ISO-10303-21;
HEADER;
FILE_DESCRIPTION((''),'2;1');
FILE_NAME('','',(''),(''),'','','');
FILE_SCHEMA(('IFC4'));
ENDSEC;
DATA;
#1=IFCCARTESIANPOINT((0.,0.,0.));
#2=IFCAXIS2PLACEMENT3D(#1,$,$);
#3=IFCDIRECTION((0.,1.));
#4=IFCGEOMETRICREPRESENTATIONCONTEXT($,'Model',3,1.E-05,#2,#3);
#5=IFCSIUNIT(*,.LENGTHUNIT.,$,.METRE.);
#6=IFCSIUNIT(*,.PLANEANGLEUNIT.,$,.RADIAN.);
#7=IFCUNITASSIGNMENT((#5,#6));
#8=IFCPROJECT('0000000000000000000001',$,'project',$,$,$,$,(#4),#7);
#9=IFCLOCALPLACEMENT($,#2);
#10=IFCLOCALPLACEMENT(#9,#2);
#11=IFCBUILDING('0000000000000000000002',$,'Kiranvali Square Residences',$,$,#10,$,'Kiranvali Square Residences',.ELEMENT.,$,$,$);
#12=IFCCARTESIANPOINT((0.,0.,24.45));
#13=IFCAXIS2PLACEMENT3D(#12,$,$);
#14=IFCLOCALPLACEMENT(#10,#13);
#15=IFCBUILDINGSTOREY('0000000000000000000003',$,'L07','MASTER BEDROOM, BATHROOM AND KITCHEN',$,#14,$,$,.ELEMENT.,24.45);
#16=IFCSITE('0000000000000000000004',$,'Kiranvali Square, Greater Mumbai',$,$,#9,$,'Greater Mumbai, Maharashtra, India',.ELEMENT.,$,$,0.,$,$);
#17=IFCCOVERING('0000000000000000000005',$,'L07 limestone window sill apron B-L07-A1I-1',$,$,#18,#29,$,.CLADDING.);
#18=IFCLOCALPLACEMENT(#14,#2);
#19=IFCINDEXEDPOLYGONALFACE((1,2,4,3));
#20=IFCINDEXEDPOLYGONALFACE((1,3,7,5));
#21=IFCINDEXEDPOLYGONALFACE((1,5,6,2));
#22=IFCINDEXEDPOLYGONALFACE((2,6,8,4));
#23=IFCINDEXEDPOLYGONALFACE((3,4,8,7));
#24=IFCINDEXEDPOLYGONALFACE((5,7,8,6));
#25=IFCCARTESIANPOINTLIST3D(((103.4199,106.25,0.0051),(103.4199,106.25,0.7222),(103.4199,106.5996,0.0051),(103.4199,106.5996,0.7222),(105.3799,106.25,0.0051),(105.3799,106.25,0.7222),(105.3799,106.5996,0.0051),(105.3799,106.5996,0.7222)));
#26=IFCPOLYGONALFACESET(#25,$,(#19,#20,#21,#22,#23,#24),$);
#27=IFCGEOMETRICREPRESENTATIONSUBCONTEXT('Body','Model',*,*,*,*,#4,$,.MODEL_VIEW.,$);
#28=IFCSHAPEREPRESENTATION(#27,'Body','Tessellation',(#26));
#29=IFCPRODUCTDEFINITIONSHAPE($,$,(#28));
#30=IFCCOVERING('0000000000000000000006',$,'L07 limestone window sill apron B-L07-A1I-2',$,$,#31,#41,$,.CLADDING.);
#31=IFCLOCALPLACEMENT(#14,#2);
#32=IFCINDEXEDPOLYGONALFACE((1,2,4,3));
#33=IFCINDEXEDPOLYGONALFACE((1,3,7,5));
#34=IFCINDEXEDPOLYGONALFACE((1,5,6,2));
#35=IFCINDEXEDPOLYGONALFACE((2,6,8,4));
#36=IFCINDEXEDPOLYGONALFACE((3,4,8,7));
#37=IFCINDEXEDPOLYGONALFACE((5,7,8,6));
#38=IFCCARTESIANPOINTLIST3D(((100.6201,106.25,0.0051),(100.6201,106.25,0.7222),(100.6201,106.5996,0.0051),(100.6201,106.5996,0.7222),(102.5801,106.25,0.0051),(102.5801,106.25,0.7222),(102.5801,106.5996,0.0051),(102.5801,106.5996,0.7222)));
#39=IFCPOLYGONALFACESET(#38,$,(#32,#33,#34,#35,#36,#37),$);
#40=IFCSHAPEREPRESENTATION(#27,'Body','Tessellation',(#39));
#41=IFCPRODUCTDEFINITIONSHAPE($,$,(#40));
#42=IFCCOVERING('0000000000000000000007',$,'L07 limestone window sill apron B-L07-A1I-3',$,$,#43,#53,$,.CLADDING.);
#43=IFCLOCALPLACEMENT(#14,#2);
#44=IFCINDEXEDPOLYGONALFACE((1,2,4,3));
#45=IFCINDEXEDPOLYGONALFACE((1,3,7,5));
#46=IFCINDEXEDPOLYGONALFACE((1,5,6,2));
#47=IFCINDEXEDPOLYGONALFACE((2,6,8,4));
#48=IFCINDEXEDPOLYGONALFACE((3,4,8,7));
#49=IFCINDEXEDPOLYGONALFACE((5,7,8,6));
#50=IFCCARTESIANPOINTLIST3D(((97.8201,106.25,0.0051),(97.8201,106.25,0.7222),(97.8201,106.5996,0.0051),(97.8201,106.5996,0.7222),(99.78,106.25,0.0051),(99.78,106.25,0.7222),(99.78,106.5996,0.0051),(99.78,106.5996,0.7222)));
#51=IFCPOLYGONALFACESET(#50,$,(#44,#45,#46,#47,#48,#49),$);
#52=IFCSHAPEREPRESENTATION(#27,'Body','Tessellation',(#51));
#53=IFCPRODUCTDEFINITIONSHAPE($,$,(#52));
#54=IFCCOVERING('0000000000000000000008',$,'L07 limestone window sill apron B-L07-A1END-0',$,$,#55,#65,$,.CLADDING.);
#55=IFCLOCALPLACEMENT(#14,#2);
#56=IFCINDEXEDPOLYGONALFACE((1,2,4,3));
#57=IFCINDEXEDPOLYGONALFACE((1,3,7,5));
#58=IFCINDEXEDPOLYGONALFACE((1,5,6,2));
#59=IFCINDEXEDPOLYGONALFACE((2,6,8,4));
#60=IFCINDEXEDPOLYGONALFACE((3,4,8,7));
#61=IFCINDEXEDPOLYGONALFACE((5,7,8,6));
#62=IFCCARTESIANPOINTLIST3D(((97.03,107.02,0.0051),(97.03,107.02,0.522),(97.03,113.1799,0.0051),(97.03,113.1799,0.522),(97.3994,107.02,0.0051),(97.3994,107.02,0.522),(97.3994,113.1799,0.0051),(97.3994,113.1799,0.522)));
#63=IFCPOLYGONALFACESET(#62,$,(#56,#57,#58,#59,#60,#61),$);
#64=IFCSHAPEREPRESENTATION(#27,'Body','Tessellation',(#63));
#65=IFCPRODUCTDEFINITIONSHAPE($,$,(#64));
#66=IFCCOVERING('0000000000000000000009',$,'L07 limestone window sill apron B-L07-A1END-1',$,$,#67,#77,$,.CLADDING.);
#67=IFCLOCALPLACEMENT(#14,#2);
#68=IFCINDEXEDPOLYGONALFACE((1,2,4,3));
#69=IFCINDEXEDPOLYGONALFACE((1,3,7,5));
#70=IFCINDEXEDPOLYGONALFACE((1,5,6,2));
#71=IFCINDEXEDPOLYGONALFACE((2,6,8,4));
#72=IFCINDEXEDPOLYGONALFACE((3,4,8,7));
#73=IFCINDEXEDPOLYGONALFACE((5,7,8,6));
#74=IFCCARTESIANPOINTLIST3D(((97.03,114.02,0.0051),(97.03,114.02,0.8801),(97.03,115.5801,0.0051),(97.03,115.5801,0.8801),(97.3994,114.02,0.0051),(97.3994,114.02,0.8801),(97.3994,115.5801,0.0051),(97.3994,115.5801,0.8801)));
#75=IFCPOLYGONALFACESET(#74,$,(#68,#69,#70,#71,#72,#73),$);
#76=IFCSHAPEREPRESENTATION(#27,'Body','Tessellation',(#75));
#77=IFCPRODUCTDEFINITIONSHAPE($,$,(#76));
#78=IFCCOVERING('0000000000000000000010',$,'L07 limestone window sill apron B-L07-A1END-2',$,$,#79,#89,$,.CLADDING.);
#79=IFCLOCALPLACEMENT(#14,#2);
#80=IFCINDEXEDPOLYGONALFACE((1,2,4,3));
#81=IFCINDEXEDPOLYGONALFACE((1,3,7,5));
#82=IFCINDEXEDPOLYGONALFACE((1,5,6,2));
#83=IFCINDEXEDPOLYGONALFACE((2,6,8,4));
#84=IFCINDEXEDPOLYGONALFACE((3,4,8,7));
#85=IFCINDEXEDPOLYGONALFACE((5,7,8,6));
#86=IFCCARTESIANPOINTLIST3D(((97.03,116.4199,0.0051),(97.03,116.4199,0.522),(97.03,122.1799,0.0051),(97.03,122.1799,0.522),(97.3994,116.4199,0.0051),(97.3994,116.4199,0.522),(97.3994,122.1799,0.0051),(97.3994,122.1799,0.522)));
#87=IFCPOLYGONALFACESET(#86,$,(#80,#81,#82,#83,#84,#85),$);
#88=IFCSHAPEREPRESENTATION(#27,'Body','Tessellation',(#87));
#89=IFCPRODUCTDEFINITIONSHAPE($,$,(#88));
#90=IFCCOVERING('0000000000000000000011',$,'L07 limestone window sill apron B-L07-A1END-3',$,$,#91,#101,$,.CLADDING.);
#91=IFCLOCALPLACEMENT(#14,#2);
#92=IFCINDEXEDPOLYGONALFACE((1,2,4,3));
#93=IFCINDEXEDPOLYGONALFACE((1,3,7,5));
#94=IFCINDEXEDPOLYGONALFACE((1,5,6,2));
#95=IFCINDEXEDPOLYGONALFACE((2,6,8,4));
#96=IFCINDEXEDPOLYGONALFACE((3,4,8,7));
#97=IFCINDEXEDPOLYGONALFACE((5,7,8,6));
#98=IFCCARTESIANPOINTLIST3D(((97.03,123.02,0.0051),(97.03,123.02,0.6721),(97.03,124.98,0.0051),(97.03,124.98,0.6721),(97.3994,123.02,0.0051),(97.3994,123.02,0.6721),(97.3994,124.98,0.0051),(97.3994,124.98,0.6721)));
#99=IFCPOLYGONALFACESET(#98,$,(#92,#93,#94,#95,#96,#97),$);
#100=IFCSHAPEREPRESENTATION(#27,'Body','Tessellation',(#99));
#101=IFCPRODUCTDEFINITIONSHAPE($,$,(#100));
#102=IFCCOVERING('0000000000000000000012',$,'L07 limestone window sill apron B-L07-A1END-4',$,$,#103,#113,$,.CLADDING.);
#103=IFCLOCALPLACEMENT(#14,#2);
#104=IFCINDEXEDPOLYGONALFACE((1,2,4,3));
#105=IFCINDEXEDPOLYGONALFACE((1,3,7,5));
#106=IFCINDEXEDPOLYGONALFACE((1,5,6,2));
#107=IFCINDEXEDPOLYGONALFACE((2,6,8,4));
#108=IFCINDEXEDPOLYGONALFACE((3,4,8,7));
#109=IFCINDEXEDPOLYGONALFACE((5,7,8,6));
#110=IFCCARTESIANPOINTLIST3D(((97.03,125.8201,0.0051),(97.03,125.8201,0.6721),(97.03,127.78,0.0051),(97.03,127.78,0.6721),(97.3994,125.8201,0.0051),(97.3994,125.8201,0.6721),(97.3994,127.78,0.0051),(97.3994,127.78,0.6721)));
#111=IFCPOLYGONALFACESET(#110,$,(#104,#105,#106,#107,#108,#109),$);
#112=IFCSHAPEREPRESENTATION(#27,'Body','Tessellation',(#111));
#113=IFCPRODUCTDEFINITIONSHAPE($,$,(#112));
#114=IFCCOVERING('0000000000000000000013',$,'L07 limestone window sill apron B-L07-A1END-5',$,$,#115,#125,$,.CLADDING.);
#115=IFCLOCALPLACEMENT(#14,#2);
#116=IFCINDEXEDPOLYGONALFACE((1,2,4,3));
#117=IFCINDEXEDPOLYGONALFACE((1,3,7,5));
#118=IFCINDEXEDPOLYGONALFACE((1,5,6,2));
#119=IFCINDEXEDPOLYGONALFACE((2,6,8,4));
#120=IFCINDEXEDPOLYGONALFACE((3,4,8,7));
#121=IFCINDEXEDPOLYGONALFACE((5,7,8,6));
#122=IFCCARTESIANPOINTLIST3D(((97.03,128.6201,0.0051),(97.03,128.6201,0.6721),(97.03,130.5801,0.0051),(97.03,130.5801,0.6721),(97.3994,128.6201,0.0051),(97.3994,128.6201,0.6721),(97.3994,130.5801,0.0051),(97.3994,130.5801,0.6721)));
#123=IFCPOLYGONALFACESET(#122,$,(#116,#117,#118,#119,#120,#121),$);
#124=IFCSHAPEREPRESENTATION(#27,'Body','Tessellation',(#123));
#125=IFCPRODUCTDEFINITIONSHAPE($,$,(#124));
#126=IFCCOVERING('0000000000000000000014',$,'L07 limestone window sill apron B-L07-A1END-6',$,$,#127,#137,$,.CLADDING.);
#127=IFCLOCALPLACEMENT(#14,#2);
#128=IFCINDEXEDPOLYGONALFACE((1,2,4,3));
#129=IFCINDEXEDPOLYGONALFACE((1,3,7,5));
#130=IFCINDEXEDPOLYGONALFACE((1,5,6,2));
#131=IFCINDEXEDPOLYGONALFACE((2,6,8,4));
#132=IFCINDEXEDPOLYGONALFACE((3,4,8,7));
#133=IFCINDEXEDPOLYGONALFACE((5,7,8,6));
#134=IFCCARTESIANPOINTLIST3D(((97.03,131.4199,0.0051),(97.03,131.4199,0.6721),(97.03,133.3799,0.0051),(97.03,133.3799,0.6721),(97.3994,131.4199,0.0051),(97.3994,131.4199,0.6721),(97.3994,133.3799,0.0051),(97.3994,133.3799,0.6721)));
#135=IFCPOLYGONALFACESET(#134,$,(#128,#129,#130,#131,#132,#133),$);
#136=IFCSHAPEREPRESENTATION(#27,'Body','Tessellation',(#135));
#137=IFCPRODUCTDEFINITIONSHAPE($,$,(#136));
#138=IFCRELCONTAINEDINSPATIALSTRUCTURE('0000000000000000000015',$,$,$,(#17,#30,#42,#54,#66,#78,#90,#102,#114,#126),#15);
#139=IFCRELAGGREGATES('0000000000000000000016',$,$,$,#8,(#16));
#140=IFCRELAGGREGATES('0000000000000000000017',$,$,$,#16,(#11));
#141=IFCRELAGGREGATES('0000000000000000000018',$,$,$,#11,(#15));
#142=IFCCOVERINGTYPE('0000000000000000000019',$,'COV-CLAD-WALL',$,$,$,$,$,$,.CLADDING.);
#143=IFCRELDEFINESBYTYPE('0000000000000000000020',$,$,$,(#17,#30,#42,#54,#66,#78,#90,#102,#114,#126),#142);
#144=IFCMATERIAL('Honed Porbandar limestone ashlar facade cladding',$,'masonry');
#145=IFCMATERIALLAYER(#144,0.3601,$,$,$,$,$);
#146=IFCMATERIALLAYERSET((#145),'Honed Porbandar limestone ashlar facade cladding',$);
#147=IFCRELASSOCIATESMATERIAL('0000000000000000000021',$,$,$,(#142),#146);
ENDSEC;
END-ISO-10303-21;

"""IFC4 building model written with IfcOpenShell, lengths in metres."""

from ifc_helpers import new_model, si_unit, direction, frame, origin, place, context, subcontext, project, spatial, polyline, outline, extrude, material, layer, layer_set, type_object, element, save


model = new_model("IFC4")

# Units and contexts
model_context = context("Model", 3, precision=1e-05, world=origin(), true_north=direction((0.0, 1.0)))
body_context = subcontext(model_context, "Body", "Model", "MODEL_VIEW")
ifc_project = project(units=[si_unit("LENGTHUNIT", "METRE"), si_unit("PLANEANGLEUNIT", "RADIAN")], contexts=[model_context])

# Site, building, storey
site_placement = place(None, origin())
site = spatial("IfcSite", under=ifc_project, at=site_placement, Name="Kiranvali Square, Greater Mumbai", LongName="Greater Mumbai, Maharashtra, India", CompositionType="ELEMENT", RefElevation=0.0)
building_placement = place(site_placement, origin())
building = spatial("IfcBuilding", under=site, at=building_placement, Name="Kiranvali Square Residences", LongName="Kiranvali Square Residences", CompositionType="ELEMENT")
storey_placement = place(building_placement, frame((0.0, 0.0, 24.45)))
storey = spatial("IfcBuildingStorey", under=building, at=storey_placement, Name="L07", Description="MASTER BEDROOM, BATHROOM AND KITCHEN", CompositionType="ELEMENT", Elevation=24.45)

# Coverings
ifc_material_1 = material(Name="Honed Porbandar limestone ashlar facade cladding", Category="masonry")
ifc_layer_1 = layer(ifc_material_1, 0.3601)
ifc_layer_set_1 = layer_set([ifc_layer_1], Name="Honed Porbandar limestone ashlar facade cladding")
covering_type_1 = type_object("IfcCoveringType", Name="COV-CLAD-WALL", PredefinedType="CLADDING", material=ifc_layer_set_1)
covering_1_placement = place(storey_placement, frame((0.0, 0.0, 0.0051)))
element("IfcCovering", 1, at=covering_1_placement, inside=storey, type_object=covering_type_1, Name="L07 limestone window sill apron B-L07-A1I-1", PredefinedType="CLADDING", context=body_context, shape_type="SweptSolid", body=[
    extrude(outline(polyline([(105.3799, 106.5996), (103.4199, 106.5996), (103.4199, 106.25), (105.3799, 106.25), (105.3799, 106.5996)])), origin(), (0.0, 0.0, 1.0), 0.717),
])
covering_2_placement = place(storey_placement, frame((0.0, 0.0, 0.0051)))
element("IfcCovering", 2, at=covering_2_placement, inside=storey, type_object=covering_type_1, Name="L07 limestone window sill apron B-L07-A1I-2", PredefinedType="CLADDING", context=body_context, shape_type="SweptSolid", body=[
    extrude(outline(polyline([(102.5801, 106.5996), (100.6201, 106.5996), (100.6201, 106.25), (102.5801, 106.25), (102.5801, 106.5996)])), origin(), (0.0, 0.0, 1.0), 0.717),
])
covering_3_placement = place(storey_placement, frame((0.0, 0.0, 0.0051)))
element("IfcCovering", 3, at=covering_3_placement, inside=storey, type_object=covering_type_1, Name="L07 limestone window sill apron B-L07-A1I-3", PredefinedType="CLADDING", context=body_context, shape_type="SweptSolid", body=[
    extrude(outline(polyline([(99.78, 106.5996), (97.8201, 106.5996), (97.8201, 106.25), (99.78, 106.25), (99.78, 106.5996)])), origin(), (0.0, 0.0, 1.0), 0.717),
])
covering_4_placement = place(storey_placement, frame((0.0, 0.0, 0.0051)))
element("IfcCovering", 4, at=covering_4_placement, inside=storey, type_object=covering_type_1, Name="L07 limestone window sill apron B-L07-A1END-0", PredefinedType="CLADDING", context=body_context, shape_type="SweptSolid", body=[
    extrude(outline(polyline([(97.3994, 107.02), (97.3994, 113.1799), (97.03, 113.1799), (97.03, 107.02), (97.3994, 107.02)])), origin(), (0.0, 0.0, 1.0), 0.5168),
])
covering_5_placement = place(storey_placement, frame((0.0, 0.0, 0.0051)))
element("IfcCovering", 5, at=covering_5_placement, inside=storey, type_object=covering_type_1, Name="L07 limestone window sill apron B-L07-A1END-1", PredefinedType="CLADDING", context=body_context, shape_type="SweptSolid", body=[
    extrude(outline(polyline([(97.3994, 114.02), (97.3994, 115.5801), (97.03, 115.5801), (97.03, 114.02), (97.3994, 114.02)])), origin(), (0.0, 0.0, 1.0), 0.875),
])
covering_6_placement = place(storey_placement, frame((0.0, 0.0, 0.0051)))
element("IfcCovering", 6, at=covering_6_placement, inside=storey, type_object=covering_type_1, Name="L07 limestone window sill apron B-L07-A1END-2", PredefinedType="CLADDING", context=body_context, shape_type="SweptSolid", body=[
    extrude(outline(polyline([(97.3994, 116.4199), (97.3994, 122.1799), (97.03, 122.1799), (97.03, 116.4199), (97.3994, 116.4199)])), origin(), (0.0, 0.0, 1.0), 0.5168),
])
covering_7_placement = place(storey_placement, frame((0.0, 0.0, 0.0051)))
element("IfcCovering", 7, at=covering_7_placement, inside=storey, type_object=covering_type_1, Name="L07 limestone window sill apron B-L07-A1END-3", PredefinedType="CLADDING", context=body_context, shape_type="SweptSolid", body=[
    extrude(outline(polyline([(97.3994, 123.02), (97.3994, 124.98), (97.03, 124.98), (97.03, 123.02), (97.3994, 123.02)])), origin(), (0.0, 0.0, 1.0), 0.667),
])
covering_8_placement = place(storey_placement, frame((0.0, 0.0, 0.0051)))
element("IfcCovering", 8, at=covering_8_placement, inside=storey, type_object=covering_type_1, Name="L07 limestone window sill apron B-L07-A1END-4", PredefinedType="CLADDING", context=body_context, shape_type="SweptSolid", body=[
    extrude(outline(polyline([(97.3994, 125.8201), (97.3994, 127.78), (97.03, 127.78), (97.03, 125.8201), (97.3994, 125.8201)])), origin(), (0.0, 0.0, 1.0), 0.667),
])
covering_9_placement = place(storey_placement, frame((0.0, 0.0, 0.0051)))
element("IfcCovering", 9, at=covering_9_placement, inside=storey, type_object=covering_type_1, Name="L07 limestone window sill apron B-L07-A1END-5", PredefinedType="CLADDING", context=body_context, shape_type="SweptSolid", body=[
    extrude(outline(polyline([(97.3994, 128.6201), (97.3994, 130.5801), (97.03, 130.5801), (97.03, 128.6201), (97.3994, 128.6201)])), origin(), (0.0, 0.0, 1.0), 0.667),
])
covering_10_placement = place(storey_placement, frame((0.0, 0.0, 0.0051)))
element("IfcCovering", 10, at=covering_10_placement, inside=storey, type_object=covering_type_1, Name="L07 limestone window sill apron B-L07-A1END-6", PredefinedType="CLADDING", context=body_context, shape_type="SweptSolid", body=[
    extrude(outline(polyline([(97.3994, 131.4199), (97.3994, 133.3799), (97.03, 133.3799), (97.03, 131.4199), (97.3994, 131.4199)])), origin(), (0.0, 0.0, 1.0), 0.667),
])

save(model, "model.ifc")
